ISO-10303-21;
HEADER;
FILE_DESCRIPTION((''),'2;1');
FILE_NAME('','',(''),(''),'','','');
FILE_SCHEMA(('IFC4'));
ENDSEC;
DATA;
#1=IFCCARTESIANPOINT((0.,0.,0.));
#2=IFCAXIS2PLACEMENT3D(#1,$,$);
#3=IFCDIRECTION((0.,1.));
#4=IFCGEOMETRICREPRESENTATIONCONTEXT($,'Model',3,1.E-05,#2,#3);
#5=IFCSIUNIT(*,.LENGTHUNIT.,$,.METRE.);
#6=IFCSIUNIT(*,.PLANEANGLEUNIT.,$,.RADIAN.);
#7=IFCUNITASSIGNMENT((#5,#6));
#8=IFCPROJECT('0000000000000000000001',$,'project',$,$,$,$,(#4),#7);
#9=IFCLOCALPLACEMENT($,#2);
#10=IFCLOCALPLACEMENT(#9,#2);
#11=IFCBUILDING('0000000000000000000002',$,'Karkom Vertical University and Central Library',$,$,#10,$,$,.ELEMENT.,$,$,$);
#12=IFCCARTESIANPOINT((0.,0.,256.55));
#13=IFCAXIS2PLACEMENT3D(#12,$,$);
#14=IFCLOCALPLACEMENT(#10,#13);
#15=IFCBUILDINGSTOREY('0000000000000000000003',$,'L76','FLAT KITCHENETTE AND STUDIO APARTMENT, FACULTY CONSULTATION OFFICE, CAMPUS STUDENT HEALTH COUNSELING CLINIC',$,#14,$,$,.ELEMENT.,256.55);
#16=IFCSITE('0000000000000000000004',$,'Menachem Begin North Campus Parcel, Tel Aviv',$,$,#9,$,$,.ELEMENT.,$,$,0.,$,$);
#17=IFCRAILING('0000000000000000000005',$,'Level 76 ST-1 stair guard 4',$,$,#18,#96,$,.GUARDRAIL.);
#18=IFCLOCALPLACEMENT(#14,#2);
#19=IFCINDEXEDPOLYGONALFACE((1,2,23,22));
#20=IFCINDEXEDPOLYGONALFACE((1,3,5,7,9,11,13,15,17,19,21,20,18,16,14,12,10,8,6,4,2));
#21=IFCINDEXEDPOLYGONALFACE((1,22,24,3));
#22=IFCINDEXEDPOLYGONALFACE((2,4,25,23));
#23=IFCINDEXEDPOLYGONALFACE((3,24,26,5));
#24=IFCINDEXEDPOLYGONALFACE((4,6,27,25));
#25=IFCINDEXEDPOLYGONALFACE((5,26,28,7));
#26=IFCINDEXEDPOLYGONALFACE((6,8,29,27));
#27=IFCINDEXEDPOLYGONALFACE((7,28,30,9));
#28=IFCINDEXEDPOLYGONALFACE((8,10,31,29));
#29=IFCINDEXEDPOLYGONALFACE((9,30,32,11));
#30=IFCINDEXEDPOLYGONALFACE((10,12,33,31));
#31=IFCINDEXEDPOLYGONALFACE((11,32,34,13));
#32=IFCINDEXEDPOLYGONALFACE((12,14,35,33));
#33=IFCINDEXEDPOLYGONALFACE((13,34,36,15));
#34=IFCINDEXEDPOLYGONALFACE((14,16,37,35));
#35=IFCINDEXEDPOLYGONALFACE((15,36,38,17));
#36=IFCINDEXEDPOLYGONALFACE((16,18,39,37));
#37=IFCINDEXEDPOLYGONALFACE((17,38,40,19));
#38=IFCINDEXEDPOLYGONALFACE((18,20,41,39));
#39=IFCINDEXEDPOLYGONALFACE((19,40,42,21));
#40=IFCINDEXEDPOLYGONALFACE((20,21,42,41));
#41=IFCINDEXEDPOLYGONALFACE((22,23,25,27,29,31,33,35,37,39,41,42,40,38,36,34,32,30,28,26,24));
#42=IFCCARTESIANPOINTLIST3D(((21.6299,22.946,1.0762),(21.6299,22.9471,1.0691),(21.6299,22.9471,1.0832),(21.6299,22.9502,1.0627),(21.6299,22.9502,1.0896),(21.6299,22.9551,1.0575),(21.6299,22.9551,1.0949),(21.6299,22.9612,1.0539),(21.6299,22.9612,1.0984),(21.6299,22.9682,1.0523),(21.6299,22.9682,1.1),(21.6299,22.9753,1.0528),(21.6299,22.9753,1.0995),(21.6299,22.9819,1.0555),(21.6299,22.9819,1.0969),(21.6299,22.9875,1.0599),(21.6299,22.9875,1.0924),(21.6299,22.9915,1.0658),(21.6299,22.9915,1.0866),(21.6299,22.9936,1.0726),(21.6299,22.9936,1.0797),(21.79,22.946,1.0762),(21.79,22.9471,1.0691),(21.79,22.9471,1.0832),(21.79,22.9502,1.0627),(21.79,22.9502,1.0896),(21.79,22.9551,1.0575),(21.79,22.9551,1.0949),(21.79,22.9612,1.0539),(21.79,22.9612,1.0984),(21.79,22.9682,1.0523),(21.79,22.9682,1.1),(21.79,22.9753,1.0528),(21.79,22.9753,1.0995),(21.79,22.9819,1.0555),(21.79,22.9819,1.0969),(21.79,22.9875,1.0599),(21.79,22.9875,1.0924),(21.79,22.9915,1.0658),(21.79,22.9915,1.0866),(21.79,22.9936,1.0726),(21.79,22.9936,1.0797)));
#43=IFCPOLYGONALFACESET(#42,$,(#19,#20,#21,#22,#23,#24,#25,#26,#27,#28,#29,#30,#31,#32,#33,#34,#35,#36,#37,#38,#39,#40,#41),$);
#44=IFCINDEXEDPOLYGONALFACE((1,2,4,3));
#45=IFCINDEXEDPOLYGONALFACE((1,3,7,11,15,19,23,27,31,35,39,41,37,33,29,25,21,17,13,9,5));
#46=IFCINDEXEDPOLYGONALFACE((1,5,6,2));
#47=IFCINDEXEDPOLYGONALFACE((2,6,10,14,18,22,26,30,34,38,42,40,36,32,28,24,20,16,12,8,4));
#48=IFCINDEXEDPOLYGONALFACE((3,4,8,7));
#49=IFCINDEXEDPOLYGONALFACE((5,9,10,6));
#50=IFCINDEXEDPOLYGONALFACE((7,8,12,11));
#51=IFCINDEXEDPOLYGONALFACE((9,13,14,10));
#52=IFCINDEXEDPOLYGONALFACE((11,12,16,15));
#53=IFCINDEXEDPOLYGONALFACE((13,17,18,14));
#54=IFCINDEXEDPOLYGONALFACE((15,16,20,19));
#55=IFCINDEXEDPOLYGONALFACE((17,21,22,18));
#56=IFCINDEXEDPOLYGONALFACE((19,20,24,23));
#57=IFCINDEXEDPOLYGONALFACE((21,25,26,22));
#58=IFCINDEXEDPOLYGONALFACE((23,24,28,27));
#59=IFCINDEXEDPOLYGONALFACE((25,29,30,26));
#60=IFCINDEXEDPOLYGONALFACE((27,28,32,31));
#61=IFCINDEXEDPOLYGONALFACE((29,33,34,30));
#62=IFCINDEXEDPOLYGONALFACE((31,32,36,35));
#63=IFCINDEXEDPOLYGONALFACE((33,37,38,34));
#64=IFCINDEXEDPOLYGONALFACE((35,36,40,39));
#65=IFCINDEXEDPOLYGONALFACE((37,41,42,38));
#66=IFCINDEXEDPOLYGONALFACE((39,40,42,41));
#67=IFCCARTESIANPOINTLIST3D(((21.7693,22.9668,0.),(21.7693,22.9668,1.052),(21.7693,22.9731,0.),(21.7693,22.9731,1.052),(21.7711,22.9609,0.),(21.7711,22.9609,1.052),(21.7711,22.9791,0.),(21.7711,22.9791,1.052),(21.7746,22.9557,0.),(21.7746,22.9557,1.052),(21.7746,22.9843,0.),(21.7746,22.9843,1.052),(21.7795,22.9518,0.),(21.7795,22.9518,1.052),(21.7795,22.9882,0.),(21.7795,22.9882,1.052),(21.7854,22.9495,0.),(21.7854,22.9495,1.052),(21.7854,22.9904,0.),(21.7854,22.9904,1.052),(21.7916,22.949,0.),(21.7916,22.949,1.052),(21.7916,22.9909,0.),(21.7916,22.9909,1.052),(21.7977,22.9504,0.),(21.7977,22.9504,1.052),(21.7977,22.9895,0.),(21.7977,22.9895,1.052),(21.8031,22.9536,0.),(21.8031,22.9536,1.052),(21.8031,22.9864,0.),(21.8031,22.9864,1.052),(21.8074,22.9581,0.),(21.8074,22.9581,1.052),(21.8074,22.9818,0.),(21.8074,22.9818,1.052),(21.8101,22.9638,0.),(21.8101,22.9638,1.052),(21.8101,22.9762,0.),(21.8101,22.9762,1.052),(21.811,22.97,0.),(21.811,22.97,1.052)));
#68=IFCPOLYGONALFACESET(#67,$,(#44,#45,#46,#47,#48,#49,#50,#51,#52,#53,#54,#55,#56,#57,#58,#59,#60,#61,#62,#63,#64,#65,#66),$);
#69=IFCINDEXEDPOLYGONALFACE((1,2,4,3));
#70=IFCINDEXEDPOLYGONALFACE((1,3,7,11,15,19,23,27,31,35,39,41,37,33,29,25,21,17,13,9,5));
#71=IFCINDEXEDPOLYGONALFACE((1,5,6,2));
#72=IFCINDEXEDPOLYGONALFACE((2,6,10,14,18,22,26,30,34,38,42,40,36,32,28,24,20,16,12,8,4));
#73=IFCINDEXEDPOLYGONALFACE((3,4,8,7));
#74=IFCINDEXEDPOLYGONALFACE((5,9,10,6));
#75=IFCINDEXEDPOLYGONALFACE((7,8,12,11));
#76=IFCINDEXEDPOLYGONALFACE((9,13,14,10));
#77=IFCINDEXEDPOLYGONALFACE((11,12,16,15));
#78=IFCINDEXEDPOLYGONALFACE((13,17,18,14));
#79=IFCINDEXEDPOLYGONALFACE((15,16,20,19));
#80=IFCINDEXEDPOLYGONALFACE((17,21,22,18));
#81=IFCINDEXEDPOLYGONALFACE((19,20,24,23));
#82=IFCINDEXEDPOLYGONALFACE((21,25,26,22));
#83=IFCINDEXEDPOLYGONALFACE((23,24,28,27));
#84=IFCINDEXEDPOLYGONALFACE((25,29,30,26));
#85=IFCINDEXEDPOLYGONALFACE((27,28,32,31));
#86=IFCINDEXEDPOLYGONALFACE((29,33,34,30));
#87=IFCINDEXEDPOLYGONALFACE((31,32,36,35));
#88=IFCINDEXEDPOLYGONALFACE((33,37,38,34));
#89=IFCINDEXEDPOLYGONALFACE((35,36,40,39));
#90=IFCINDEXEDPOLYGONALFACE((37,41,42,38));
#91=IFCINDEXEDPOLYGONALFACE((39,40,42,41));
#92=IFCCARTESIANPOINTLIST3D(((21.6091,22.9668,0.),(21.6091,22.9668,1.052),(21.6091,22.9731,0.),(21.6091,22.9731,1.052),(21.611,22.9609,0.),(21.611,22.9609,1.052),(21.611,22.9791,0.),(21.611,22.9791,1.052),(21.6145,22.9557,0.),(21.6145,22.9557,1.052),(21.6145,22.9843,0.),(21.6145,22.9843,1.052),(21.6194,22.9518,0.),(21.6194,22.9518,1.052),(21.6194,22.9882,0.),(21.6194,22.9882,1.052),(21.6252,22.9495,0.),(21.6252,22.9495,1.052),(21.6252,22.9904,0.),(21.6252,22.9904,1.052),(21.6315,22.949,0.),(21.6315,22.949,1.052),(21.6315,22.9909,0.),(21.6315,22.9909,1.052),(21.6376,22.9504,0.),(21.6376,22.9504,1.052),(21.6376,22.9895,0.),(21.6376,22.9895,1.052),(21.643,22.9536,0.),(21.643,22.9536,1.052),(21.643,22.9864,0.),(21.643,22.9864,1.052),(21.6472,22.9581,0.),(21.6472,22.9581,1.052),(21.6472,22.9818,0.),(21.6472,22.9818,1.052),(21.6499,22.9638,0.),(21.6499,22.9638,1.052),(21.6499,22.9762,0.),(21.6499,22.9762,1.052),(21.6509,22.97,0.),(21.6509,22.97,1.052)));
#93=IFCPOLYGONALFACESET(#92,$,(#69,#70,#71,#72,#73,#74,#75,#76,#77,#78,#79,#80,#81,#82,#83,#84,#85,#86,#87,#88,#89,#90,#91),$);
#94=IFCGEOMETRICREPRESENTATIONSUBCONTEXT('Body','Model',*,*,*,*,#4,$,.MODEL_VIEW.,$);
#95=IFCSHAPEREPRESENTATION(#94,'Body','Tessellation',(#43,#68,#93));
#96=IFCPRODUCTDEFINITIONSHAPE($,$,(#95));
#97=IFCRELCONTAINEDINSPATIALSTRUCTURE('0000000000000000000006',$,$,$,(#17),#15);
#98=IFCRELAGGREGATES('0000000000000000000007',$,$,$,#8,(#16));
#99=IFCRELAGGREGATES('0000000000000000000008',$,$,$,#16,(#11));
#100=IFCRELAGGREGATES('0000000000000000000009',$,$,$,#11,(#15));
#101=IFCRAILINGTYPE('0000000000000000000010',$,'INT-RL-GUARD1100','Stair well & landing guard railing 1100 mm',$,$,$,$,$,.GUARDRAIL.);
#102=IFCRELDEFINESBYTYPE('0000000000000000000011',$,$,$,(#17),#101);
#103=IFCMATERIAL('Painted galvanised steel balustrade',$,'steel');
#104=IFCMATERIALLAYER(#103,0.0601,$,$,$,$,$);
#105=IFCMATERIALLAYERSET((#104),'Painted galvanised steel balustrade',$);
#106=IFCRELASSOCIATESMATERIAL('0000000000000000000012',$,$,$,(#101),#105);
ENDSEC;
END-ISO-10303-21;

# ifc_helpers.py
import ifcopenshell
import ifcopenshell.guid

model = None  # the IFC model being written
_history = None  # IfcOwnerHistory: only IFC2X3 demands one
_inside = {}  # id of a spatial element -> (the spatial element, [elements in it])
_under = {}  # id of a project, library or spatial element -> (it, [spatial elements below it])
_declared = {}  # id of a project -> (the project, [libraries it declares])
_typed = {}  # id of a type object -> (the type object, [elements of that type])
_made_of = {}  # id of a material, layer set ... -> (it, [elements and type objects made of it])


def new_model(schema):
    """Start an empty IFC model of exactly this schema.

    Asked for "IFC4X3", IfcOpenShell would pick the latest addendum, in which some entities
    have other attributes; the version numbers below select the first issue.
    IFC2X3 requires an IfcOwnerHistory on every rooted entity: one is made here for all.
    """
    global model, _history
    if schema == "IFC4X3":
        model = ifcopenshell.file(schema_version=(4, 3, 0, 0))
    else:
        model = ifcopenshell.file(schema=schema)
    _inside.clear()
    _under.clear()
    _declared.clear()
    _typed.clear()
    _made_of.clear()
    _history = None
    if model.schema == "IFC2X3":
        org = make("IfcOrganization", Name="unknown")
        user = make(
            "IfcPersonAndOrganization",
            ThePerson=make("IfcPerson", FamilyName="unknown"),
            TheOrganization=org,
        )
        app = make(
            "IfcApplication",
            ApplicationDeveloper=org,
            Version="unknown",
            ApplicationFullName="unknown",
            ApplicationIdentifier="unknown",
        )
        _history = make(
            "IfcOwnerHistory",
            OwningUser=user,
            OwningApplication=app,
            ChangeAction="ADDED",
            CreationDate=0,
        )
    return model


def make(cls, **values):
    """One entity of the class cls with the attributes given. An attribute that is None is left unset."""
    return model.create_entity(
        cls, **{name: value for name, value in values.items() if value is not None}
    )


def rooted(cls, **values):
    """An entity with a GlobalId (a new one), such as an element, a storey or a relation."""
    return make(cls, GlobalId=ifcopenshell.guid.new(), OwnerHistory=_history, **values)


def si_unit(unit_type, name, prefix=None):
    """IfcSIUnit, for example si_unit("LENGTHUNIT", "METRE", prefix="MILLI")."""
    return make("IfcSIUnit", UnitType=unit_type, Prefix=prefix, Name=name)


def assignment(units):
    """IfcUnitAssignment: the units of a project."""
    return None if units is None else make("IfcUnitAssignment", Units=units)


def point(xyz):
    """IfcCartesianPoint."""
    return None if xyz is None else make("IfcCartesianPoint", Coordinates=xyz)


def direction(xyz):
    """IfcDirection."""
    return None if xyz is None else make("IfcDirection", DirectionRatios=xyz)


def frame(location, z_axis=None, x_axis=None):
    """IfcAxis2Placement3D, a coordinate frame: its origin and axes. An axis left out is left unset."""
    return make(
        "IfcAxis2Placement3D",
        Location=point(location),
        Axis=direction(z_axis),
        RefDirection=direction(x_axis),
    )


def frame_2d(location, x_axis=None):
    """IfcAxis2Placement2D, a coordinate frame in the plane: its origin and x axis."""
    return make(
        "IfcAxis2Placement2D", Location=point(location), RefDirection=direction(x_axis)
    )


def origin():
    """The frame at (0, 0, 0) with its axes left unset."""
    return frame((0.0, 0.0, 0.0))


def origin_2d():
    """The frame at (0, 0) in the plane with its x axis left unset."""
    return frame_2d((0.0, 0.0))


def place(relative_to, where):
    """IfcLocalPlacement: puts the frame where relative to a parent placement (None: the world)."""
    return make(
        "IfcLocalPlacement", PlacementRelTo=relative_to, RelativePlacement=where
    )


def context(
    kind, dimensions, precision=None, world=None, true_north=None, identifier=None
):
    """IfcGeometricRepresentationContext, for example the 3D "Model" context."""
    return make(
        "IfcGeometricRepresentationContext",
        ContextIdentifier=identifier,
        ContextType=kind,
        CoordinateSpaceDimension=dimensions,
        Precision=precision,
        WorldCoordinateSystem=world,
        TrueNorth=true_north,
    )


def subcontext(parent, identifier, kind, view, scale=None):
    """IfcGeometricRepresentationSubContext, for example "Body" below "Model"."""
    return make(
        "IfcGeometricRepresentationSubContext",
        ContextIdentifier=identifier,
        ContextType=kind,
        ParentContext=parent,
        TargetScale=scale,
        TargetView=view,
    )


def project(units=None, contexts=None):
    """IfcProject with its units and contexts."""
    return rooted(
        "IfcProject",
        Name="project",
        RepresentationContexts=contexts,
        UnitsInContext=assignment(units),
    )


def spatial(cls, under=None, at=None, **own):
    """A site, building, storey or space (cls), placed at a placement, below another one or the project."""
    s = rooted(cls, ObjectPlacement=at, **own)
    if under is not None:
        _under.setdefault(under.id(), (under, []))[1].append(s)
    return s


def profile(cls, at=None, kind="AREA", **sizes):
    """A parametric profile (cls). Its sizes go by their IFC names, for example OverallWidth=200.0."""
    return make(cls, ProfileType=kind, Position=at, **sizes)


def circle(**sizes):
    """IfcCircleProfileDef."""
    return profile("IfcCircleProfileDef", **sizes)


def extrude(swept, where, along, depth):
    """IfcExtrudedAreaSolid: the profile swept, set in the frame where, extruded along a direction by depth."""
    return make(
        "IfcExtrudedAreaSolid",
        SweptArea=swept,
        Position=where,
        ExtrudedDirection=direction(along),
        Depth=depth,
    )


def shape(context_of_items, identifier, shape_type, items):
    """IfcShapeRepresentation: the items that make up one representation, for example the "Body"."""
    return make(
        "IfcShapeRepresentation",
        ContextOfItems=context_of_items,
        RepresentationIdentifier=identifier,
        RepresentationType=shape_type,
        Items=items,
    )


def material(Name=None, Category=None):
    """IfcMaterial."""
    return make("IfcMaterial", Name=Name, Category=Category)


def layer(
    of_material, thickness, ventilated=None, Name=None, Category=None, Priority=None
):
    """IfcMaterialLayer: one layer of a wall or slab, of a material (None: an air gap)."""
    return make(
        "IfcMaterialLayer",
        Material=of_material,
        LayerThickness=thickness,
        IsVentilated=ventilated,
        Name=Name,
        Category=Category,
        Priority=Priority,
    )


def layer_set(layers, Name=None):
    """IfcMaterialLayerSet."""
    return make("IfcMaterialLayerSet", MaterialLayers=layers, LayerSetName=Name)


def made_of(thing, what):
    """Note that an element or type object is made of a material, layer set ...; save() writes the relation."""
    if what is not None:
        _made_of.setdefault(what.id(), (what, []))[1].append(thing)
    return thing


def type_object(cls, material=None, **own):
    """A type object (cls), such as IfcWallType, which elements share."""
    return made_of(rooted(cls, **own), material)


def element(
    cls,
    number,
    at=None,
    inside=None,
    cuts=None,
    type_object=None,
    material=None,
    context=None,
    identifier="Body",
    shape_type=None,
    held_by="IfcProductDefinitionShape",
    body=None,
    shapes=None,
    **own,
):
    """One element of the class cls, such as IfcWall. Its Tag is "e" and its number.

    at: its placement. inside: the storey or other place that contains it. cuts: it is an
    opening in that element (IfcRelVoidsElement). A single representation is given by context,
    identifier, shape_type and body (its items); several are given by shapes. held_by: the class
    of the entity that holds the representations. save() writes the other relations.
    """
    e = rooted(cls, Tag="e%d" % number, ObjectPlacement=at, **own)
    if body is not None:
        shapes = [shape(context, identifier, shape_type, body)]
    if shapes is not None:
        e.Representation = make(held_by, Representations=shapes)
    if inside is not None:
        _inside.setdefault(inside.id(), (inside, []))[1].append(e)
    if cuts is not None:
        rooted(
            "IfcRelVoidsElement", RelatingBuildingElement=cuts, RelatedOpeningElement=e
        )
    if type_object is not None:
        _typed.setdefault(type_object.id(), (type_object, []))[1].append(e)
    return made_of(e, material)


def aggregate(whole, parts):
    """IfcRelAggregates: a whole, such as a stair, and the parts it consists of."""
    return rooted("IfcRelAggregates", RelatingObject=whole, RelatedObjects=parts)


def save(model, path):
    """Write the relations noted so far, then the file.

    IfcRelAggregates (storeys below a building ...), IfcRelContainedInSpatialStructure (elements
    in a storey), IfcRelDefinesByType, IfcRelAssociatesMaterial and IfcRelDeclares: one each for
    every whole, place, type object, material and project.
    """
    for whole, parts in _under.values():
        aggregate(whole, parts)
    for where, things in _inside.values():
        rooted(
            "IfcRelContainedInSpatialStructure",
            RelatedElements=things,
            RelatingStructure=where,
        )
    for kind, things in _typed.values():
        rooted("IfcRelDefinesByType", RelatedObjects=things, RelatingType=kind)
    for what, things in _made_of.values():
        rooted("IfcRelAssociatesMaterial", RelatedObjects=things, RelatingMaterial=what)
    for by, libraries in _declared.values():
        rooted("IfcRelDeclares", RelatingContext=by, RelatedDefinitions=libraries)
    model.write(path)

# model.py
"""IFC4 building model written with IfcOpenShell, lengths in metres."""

from ifc_helpers import new_model, si_unit, direction, frame, origin, origin_2d, place, context, subcontext, project, spatial, circle, extrude, material, layer, layer_set, type_object, element, save


model = new_model("IFC4")

# Units and contexts
model_context = context("Model", 3, precision=1e-05, world=origin(), true_north=direction((0.0, 1.0)))
body_context = subcontext(model_context, "Body", "Model", "MODEL_VIEW")
ifc_project = project(units=[si_unit("LENGTHUNIT", "METRE"), si_unit("PLANEANGLEUNIT", "RADIAN")], contexts=[model_context])

# Site, building, storey
site_placement = place(None, origin())
site = spatial("IfcSite", under=ifc_project, at=site_placement, Name="Menachem Begin North Campus Parcel, Tel Aviv", CompositionType="ELEMENT", RefElevation=0.0)
building_placement = place(site_placement, origin())
building = spatial("IfcBuilding", under=site, at=building_placement, Name="Karkom Vertical University and Central Library", CompositionType="ELEMENT")
storey_placement = place(building_placement, frame((0.0, 0.0, 256.55)))
storey = spatial("IfcBuildingStorey", under=building, at=storey_placement, Name="L76", Description="FLAT KITCHENETTE AND STUDIO APARTMENT, FACULTY CONSULTATION OFFICE, CAMPUS STUDENT HEALTH COUNSELING CLINIC", CompositionType="ELEMENT", Elevation=256.55)

# Railing
ifc_material_1 = material(Name="Painted galvanised steel balustrade", Category="steel")
ifc_layer_1 = layer(ifc_material_1, 0.0601)
ifc_layer_set_1 = layer_set([ifc_layer_1], Name="Painted galvanised steel balustrade")
railing_type_1 = type_object("IfcRailingType", Name="INT-RL-GUARD1100", Description="Stair well & landing guard railing 1100 mm", PredefinedType="GUARDRAIL", material=ifc_layer_set_1)
railing_1_placement = place(storey_placement, frame((21.79, 22.97, 0.0)))
element("IfcRailing", 1, at=railing_1_placement, inside=storey, type_object=railing_type_1, Name="Level 76 ST-1 stair guard 4", PredefinedType="GUARDRAIL", context=body_context, shape_type="SweptSolid", body=[
    extrude(circle(Radius=0.0239, at=origin_2d()), frame((0.0, 0.0, 1.0762), z_axis=(-1.0, 0.0, 0.0), x_axis=(0.0, -1.0, 0.0)), (0.0, 0.0, 1.0), 0.1602),
    extrude(circle(Radius=0.021, at=origin_2d()), origin(), (0.0, 0.0, 1.0), 1.052),
    extrude(circle(Radius=0.021, at=origin_2d()), frame((-0.1602, 0.0, 0.0)), (0.0, 0.0, 1.0), 1.052),
])

save(model, "model.ifc")
